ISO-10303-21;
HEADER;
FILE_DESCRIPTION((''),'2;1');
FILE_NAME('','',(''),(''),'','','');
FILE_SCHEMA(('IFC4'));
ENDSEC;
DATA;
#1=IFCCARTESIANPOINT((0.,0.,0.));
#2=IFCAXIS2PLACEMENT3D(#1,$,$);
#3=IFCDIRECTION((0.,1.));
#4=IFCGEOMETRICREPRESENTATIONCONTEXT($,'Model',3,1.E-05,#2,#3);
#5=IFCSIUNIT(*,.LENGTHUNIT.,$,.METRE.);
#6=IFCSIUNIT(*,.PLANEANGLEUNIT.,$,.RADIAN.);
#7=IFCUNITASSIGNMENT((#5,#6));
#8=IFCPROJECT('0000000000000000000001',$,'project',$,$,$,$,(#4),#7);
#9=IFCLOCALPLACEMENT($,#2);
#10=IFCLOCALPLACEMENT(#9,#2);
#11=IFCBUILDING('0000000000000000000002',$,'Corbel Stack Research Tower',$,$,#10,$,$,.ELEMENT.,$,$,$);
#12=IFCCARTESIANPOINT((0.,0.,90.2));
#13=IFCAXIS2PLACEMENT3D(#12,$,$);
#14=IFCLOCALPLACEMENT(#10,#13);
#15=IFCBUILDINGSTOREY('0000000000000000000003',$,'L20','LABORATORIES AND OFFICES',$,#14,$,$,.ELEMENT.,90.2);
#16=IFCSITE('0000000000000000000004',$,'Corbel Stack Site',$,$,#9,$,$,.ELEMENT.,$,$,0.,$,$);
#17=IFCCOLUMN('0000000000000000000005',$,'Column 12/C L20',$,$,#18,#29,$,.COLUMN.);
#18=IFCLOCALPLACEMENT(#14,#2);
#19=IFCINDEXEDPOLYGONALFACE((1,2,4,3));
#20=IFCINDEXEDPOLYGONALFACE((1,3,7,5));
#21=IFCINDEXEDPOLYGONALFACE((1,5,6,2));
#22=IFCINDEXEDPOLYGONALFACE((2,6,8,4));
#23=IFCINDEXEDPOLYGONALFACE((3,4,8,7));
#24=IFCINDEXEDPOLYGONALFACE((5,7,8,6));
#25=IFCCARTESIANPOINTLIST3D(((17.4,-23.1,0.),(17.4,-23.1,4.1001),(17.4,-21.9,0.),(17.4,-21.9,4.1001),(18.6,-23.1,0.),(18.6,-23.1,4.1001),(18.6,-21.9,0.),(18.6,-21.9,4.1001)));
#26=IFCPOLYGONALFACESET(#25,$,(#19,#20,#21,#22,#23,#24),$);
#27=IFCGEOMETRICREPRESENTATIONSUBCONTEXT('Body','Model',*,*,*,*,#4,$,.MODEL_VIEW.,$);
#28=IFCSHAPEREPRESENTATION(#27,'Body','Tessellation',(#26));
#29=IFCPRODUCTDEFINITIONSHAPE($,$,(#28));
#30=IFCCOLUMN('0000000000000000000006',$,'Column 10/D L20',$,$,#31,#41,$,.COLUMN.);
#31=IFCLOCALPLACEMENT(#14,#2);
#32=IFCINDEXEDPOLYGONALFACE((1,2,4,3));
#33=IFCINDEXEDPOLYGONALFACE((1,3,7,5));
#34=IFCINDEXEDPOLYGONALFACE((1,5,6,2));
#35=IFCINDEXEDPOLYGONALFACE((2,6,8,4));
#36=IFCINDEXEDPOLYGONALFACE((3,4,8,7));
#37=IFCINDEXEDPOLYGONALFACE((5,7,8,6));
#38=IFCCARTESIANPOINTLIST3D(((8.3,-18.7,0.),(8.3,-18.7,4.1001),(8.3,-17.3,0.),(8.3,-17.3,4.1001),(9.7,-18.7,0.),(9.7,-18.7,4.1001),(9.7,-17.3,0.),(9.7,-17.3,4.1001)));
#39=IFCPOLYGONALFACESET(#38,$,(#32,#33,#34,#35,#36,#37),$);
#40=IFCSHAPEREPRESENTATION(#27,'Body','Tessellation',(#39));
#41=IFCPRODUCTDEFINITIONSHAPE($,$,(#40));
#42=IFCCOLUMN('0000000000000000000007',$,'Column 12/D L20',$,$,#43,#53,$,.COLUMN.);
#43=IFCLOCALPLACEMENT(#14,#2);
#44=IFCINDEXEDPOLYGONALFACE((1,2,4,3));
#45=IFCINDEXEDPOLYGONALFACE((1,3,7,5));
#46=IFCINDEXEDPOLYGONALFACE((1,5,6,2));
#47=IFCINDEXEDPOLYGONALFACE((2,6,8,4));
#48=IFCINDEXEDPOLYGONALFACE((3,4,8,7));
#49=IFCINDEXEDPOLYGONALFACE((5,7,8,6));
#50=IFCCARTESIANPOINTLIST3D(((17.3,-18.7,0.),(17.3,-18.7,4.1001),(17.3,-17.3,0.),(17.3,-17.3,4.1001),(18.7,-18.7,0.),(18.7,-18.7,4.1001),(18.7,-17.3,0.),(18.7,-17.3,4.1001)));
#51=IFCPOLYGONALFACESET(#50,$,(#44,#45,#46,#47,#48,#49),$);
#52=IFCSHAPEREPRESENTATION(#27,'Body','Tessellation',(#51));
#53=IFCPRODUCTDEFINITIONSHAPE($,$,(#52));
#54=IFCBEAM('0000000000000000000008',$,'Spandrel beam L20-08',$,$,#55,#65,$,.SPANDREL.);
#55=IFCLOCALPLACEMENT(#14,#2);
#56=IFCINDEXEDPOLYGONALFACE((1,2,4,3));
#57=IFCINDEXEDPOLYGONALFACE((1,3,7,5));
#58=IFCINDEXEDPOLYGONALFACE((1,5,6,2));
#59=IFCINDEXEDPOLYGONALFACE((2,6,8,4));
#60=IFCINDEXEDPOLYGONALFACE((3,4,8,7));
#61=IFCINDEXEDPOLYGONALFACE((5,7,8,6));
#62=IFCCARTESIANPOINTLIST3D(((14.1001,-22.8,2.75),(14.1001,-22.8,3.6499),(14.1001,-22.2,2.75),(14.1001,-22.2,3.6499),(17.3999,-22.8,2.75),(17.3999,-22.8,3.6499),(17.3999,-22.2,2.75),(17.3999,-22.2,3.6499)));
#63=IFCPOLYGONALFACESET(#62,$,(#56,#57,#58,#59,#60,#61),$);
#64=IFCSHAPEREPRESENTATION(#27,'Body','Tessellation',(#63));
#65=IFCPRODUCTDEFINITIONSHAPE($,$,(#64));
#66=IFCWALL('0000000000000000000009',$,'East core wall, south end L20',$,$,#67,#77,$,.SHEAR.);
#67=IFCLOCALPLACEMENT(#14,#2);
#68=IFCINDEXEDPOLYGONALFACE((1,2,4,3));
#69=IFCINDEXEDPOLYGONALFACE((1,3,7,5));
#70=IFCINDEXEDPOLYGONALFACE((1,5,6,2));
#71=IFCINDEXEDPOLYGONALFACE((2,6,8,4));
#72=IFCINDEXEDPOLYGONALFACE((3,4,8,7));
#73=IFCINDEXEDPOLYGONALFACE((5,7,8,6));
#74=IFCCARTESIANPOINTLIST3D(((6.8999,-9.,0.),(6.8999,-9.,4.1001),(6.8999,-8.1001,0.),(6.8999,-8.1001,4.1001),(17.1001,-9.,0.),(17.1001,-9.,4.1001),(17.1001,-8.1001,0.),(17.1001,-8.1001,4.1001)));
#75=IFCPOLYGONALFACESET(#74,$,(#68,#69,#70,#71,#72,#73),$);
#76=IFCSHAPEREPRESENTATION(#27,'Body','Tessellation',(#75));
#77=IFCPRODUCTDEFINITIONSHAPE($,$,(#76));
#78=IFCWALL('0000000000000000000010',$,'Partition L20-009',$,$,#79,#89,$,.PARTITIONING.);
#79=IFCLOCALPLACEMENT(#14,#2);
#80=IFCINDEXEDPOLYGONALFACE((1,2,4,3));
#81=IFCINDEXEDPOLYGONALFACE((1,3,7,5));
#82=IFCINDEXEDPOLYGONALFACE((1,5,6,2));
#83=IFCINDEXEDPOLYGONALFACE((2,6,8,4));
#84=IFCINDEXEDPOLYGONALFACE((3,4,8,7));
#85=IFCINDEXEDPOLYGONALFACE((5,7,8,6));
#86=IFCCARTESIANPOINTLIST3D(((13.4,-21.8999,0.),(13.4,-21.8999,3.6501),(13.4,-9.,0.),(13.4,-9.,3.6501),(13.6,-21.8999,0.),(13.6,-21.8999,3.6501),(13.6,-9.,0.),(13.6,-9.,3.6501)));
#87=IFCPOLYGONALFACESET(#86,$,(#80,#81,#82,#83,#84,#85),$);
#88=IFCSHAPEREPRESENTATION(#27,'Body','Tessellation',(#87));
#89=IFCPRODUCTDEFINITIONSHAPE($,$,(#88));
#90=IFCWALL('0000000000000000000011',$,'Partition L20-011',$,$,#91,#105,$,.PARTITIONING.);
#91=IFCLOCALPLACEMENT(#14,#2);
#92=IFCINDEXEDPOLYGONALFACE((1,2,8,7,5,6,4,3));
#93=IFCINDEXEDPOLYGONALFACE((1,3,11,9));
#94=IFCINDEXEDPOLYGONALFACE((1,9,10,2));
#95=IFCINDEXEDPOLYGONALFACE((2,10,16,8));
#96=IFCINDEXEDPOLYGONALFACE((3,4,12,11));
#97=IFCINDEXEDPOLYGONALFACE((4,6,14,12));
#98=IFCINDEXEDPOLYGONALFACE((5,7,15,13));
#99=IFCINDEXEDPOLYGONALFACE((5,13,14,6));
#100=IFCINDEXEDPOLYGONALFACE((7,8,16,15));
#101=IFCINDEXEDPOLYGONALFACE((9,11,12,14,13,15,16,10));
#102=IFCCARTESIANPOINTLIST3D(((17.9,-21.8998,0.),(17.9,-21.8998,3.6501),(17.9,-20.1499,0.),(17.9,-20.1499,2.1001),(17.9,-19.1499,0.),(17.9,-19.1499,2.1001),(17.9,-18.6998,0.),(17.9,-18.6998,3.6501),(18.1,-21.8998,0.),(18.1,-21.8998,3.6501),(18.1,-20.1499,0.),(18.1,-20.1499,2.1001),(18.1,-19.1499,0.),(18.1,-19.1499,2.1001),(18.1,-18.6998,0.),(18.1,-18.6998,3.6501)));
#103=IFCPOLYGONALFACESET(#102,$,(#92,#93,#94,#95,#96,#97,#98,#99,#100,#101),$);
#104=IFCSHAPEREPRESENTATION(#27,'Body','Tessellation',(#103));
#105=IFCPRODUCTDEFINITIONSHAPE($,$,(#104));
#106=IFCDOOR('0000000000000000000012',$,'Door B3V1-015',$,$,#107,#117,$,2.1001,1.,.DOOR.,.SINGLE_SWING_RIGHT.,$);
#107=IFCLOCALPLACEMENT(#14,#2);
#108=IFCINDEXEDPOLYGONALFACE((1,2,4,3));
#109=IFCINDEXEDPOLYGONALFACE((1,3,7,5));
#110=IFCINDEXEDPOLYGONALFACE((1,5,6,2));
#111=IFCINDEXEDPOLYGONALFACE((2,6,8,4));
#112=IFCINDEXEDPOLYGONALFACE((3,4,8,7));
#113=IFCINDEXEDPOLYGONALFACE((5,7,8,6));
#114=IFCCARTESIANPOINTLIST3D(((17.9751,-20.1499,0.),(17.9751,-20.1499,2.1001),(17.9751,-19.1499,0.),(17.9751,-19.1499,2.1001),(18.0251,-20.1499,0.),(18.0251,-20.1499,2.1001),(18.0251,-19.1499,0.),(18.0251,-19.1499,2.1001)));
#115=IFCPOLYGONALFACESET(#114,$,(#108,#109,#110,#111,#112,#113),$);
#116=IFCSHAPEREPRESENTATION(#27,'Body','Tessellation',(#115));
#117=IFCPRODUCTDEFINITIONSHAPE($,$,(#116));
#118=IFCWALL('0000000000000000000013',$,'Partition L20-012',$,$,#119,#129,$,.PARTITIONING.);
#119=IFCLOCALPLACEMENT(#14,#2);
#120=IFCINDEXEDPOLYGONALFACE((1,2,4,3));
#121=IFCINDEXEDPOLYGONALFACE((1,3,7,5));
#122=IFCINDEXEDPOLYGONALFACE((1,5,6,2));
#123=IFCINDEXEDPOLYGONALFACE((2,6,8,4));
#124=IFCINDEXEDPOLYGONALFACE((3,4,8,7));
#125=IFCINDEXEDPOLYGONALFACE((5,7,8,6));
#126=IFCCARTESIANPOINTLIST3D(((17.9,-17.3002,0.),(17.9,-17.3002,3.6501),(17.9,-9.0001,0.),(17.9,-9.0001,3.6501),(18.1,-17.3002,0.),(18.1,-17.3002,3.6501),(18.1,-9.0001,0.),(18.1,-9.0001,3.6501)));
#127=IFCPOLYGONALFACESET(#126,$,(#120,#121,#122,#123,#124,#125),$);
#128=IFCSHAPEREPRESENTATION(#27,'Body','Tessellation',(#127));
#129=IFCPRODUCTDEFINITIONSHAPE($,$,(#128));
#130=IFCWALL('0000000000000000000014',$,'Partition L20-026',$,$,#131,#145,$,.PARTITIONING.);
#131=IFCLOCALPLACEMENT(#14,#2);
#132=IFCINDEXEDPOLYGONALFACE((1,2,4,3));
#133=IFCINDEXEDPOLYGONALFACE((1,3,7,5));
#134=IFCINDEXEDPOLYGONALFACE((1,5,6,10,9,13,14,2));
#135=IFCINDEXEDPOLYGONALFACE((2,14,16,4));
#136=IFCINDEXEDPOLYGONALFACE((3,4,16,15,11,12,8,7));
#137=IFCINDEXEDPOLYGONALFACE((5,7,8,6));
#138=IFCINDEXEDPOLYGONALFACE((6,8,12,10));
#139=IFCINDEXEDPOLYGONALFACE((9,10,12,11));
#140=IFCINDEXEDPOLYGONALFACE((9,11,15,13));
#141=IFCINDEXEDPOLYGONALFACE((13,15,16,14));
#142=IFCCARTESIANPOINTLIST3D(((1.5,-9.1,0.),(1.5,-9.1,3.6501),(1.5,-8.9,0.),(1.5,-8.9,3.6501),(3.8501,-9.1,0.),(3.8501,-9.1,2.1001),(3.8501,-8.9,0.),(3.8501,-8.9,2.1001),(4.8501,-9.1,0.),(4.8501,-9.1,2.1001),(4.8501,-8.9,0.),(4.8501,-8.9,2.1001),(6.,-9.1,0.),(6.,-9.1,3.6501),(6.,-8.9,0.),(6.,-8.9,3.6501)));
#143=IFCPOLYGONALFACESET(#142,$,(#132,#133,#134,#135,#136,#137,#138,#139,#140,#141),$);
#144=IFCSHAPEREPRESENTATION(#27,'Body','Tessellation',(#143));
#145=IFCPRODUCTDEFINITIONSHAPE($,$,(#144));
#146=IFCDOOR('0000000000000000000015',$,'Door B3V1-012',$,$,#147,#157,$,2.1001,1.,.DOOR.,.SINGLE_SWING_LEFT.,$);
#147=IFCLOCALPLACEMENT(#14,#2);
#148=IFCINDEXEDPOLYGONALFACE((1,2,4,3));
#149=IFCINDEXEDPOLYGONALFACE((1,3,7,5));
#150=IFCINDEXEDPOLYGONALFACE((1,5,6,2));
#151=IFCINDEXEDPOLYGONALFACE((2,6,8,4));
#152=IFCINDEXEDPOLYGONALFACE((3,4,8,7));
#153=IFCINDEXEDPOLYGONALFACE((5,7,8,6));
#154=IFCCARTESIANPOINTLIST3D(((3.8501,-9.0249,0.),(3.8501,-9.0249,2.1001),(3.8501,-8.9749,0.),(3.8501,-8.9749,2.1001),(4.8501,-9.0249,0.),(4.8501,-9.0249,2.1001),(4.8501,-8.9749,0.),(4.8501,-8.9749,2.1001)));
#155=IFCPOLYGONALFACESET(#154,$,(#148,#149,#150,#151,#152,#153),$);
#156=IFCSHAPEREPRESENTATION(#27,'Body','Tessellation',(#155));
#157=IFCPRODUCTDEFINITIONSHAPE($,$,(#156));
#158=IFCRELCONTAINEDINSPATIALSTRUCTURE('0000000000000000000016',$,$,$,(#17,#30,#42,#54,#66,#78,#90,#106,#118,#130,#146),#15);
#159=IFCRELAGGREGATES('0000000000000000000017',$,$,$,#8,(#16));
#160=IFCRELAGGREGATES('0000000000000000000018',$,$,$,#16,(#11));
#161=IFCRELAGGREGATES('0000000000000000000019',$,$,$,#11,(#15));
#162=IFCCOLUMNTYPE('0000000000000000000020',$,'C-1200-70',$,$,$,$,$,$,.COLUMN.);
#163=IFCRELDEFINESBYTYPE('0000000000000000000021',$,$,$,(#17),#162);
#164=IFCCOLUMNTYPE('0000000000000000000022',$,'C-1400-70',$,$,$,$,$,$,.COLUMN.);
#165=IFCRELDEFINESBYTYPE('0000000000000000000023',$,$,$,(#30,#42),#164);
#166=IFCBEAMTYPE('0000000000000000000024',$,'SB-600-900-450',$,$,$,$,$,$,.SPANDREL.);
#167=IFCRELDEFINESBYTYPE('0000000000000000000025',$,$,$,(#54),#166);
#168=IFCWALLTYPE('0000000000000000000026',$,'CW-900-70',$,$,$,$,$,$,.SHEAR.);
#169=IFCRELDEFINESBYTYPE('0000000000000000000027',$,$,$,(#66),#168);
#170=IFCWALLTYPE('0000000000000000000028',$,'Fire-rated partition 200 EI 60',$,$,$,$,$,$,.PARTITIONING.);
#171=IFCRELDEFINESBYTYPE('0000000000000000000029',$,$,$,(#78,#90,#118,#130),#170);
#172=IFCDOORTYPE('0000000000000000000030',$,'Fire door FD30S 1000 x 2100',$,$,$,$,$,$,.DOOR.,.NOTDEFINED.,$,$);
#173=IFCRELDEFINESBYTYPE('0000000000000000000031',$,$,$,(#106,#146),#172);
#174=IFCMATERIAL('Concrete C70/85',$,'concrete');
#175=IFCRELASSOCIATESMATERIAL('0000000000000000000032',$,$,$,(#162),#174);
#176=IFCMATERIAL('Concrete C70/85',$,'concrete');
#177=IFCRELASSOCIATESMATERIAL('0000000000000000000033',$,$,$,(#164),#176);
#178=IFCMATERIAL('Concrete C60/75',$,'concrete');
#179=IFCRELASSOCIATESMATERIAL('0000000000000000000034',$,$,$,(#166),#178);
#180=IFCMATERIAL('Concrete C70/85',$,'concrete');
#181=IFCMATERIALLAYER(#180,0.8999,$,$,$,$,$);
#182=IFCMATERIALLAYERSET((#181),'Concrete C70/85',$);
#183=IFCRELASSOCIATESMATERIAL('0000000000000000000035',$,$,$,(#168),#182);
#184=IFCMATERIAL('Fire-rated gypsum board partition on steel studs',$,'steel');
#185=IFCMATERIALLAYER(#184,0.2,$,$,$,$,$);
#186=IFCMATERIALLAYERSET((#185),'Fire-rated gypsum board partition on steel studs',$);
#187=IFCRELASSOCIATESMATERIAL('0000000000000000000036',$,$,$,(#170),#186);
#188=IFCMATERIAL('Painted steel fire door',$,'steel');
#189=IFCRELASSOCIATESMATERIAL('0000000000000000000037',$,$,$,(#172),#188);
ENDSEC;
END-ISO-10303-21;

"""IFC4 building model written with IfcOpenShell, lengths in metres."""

from ifc_helpers import new_model, si_unit, direction, frame, frame_2d, origin, origin_2d, place, context, subcontext, project, spatial, rectangle, extrude, material, layer, layer_set, material_profile, profile_set, type_object, element, fill, save


model = new_model("IFC4")

# Units and contexts
model_context = context("Model", 3, precision=1e-05, world=origin(), true_north=direction((0.0, 1.0)))
body_context = subcontext(model_context, "Body", "Model", "MODEL_VIEW")
ifc_project = project(units=[si_unit("LENGTHUNIT", "METRE"), si_unit("PLANEANGLEUNIT", "RADIAN")], contexts=[model_context])

# Site, building, storey
site_placement = place(None, origin())
site = spatial("IfcSite", under=ifc_project, at=site_placement, Name="Corbel Stack Site", CompositionType="ELEMENT", RefElevation=0.0)
building_placement = place(site_placement, origin())
building = spatial("IfcBuilding", under=site, at=building_placement, Name="Corbel Stack Research Tower", CompositionType="ELEMENT")
storey_placement = place(building_placement, frame((0.0, 0.0, 90.2)))
storey = spatial("IfcBuildingStorey", under=building, at=storey_placement, Name="L20", Description="LABORATORIES AND OFFICES", CompositionType="ELEMENT", Elevation=90.2)

# Columns
ifc_material_1 = material(Name="Concrete C70/85", Category="concrete")
ifc_material_profile_1 = material_profile(ifc_material_1, rectangle(XDim=1.2, YDim=1.2, at=origin_2d()), Name="RC 1200 x 1200")
ifc_profile_set_1 = profile_set([ifc_material_profile_1], Name="Concrete C70/85")
column_type_1 = type_object("IfcColumnType", Name="C-1200-70", PredefinedType="COLUMN", material=ifc_profile_set_1)
column_placement = place(storey_placement, frame((18.0, -22.5, 0.0), z_axis=(0.0, 0.0, 1.0), x_axis=(1.0, 0.0, 0.0)))
element("IfcColumn", 1, at=column_placement, inside=storey, type_object=column_type_1, Name="Column 12/C L20", PredefinedType="COLUMN", context=body_context, shape_type="SweptSolid", body=[
    extrude(rectangle(XDim=1.2, YDim=1.2, at=origin_2d()), origin(), (0.0, 0.0, 1.0), 4.1001),
])
ifc_material_2 = material(Name="Concrete C70/85", Category="concrete")
ifc_material_profile_2 = material_profile(ifc_material_2, rectangle(XDim=1.3999, YDim=1.3999, at=origin_2d()), Name="RC 1400 x 1400")
ifc_profile_set_2 = profile_set([ifc_material_profile_2], Name="Concrete C70/85")
column_type_2 = type_object("IfcColumnType", Name="C-1400-70", PredefinedType="COLUMN", material=ifc_profile_set_2)
for number, where, z_axis, x_axis, name in (
    (2, (9.0, -18.0, 0.0), (0.0, 0.0, 1.0), (1.0, 0.0, 0.0), "Column 10/D L20"),
    (3, (18.0, -18.0, 0.0), (0.0, 0.0, 1.0), (1.0, 0.0, 0.0), "Column 12/D L20"),
):
    element("IfcColumn", number, at=place(storey_placement, frame(where, z_axis=z_axis, x_axis=x_axis)), inside=storey, type_object=column_type_2, Name=name, PredefinedType="COLUMN", context=body_context, shape_type="SweptSolid", body=[
        extrude(rectangle(XDim=1.3999, YDim=1.3999, at=origin_2d()), origin(), (0.0, 0.0, 1.0), 4.1001),
    ])

# Beam
ifc_material_3 = material(Name="Concrete C60/75", Category="concrete")
ifc_material_profile_3 = material_profile(ifc_material_3, rectangle(XDim=0.6001, YDim=0.8999, at=origin_2d()), Name="RC 600 x 900")
ifc_profile_set_3 = profile_set([ifc_material_profile_3], Name="Concrete C60/75")
beam_type = type_object("IfcBeamType", Name="SB-600-900-450", PredefinedType="SPANDREL", material=ifc_profile_set_3)
beam_placement = place(storey_placement, frame((14.1001, -22.5, 3.2), z_axis=(1.0, 0.0, 0.0), x_axis=(0.0, 1.0, 0.0)))
element("IfcBeam", 4, at=beam_placement, inside=storey, type_object=beam_type, Name="Spandrel beam L20-08", PredefinedType="SPANDREL", context=body_context, shape_type="SweptSolid", body=[
    extrude(rectangle(XDim=0.6001, YDim=0.8999, at=origin_2d()), origin(), (0.0, 0.0, 1.0), 3.2998),
])

# Shared definitions
ifc_material_4 = material(Name="Concrete C70/85", Category="concrete")
ifc_layer_1 = layer(ifc_material_4, 0.8999)
ifc_layer_set_1 = layer_set([ifc_layer_1], Name="Concrete C70/85")
wall_type_1 = type_object("IfcWallType", Name="CW-900-70", PredefinedType="SHEAR", material=ifc_layer_set_1)

# Walls
wall_1_placement = place(storey_placement, frame((6.8999, -8.55, 0.0), z_axis=(0.0, 0.0, 1.0), x_axis=(1.0, 0.0, 0.0)))
element("IfcWall", 5, at=wall_1_placement, inside=storey, type_object=wall_type_1, Name="East core wall, south end L20", PredefinedType="SHEAR", context=body_context, shape_type="SweptSolid", body=[
    extrude(rectangle(XDim=10.2002, YDim=0.8999, at=frame_2d((5.1001, 0.0))), origin(), (0.0, 0.0, 1.0), 4.1001),
])
ifc_material_5 = material(Name="Fire-rated gypsum board partition on steel studs", Category="steel")
ifc_layer_2 = layer(ifc_material_5, 0.2)
ifc_layer_set_2 = layer_set([ifc_layer_2], Name="Fire-rated gypsum board partition on steel studs")
wall_type_2 = type_object("IfcWallType", Name="Fire-rated partition 200 EI 60", PredefinedType="PARTITIONING", material=ifc_layer_set_2)
wall_2_placement = place(storey_placement, frame((13.5, -21.8999, 0.0), z_axis=(0.0, 0.0, 1.0), x_axis=(0.0, 1.0, 0.0)))
element("IfcWall", 6, at=wall_2_placement, inside=storey, type_object=wall_type_2, Name="Partition L20-009", PredefinedType="PARTITIONING", context=body_context, shape_type="SweptSolid", body=[
    extrude(rectangle(XDim=12.8999, YDim=0.2, at=frame_2d((6.45, 0.0))), origin(), (0.0, 0.0, 1.0), 3.6501),
])

# Wall, opening, door
wall_3_placement = place(storey_placement, frame((18.0, -21.8999, 0.0), z_axis=(0.0, 0.0, 1.0), x_axis=(0.0, 1.0, 0.0)))
wall_3 = element("IfcWall", 7, at=wall_3_placement, inside=storey, type_object=wall_type_2, Name="Partition L20-011", PredefinedType="PARTITIONING", context=body_context, shape_type="SweptSolid", body=[
    extrude(rectangle(XDim=3.2, YDim=0.2, at=frame_2d((1.6001, 0.0))), origin(), (0.0, 0.0, 1.0), 3.6501),
])
opening_1_placement = place(wall_3_placement, frame((1.75, 0.0, 0.0)))
opening_1 = element("IfcOpeningElement", 8, at=opening_1_placement, cuts=wall_3, PredefinedType="OPENING", context=body_context, shape_type="SweptSolid", body=[
    extrude(rectangle(XDim=1.0, YDim=2.1001, at=frame_2d((0.5, 1.05))), frame((0.0, 0.1099, 0.0), z_axis=(0.0, -1.0, 0.0), x_axis=(1.0, 0.0, 0.0)), (0.0, 0.0, 1.0), 0.22),
])
ifc_material_6 = material(Name="Painted steel fire door", Category="steel")
door_type_1 = type_object("IfcDoorType", Name="Fire door FD30S 1000 x 2100", OperationType="NOTDEFINED", PredefinedType="DOOR", material=ifc_material_6)
door_1_placement = place(opening_1_placement, origin())
door_1 = element("IfcDoor", 9, at=door_1_placement, inside=storey, type_object=door_type_1, Name="Door B3V1-015", OperationType="SINGLE_SWING_RIGHT", OverallHeight=2.1001, OverallWidth=1.0, PredefinedType="DOOR", context=body_context, shape_type="SweptSolid", body=[
    extrude(rectangle(XDim=1.0, YDim=2.1001, at=frame_2d((0.5, 1.05))), frame((0.0, 0.0249, 0.0), z_axis=(0.0, -1.0, 0.0), x_axis=(1.0, 0.0, 0.0)), (0.0, 0.0, 1.0), 0.05),
])
fill(opening_1, door_1)

# Wall
wall_4_placement = place(storey_placement, frame((18.0, -17.3, 0.0), z_axis=(0.0, 0.0, 1.0), x_axis=(0.0, 1.0, 0.0)))
element("IfcWall", 10, at=wall_4_placement, inside=storey, type_object=wall_type_2, Name="Partition L20-012", PredefinedType="PARTITIONING", context=body_context, shape_type="SweptSolid", body=[
    extrude(rectangle(XDim=8.3, YDim=0.2, at=frame_2d((4.1499, 0.0))), origin(), (0.0, 0.0, 1.0), 3.6501),
])

# Wall, opening, door
wall_5_placement = place(storey_placement, frame((6.0, -9.0, 0.0), z_axis=(0.0, 0.0, 1.0), x_axis=(-1.0, 0.0, 0.0)))
wall_5 = element("IfcWall", 11, at=wall_5_placement, inside=storey, type_object=wall_type_2, Name="Partition L20-026", PredefinedType="PARTITIONING", context=body_context, shape_type="SweptSolid", body=[
    extrude(rectangle(XDim=4.5, YDim=0.2, at=frame_2d((2.25, 0.0))), origin(), (0.0, 0.0, 1.0), 3.6501),
])
opening_2_placement = place(wall_5_placement, frame((1.1499, 0.0, 0.0)))
opening_2 = element("IfcOpeningElement", 12, at=opening_2_placement, cuts=wall_5, PredefinedType="OPENING", context=body_context, shape_type="SweptSolid", body=[
    extrude(rectangle(XDim=1.0, YDim=2.1001, at=frame_2d((0.5, 1.05))), frame((0.0, 0.1099, 0.0), z_axis=(0.0, -1.0, 0.0), x_axis=(1.0, 0.0, 0.0)), (0.0, 0.0, 1.0), 0.22),
])
door_2_placement = place(opening_2_placement, origin())
door_2 = element("IfcDoor", 13, at=door_2_placement, inside=storey, type_object=door_type_1, Name="Door B3V1-012", OperationType="SINGLE_SWING_LEFT", OverallHeight=2.1001, OverallWidth=1.0, PredefinedType="DOOR", context=body_context, shape_type="SweptSolid", body=[
    extrude(rectangle(XDim=1.0, YDim=2.1001, at=frame_2d((0.5, 1.05))), frame((0.0, 0.0249, 0.0), z_axis=(0.0, -1.0, 0.0), x_axis=(1.0, 0.0, 0.0)), (0.0, 0.0, 1.0), 0.05),
])
fill(opening_2, door_2)

save(model, "model.ifc")
